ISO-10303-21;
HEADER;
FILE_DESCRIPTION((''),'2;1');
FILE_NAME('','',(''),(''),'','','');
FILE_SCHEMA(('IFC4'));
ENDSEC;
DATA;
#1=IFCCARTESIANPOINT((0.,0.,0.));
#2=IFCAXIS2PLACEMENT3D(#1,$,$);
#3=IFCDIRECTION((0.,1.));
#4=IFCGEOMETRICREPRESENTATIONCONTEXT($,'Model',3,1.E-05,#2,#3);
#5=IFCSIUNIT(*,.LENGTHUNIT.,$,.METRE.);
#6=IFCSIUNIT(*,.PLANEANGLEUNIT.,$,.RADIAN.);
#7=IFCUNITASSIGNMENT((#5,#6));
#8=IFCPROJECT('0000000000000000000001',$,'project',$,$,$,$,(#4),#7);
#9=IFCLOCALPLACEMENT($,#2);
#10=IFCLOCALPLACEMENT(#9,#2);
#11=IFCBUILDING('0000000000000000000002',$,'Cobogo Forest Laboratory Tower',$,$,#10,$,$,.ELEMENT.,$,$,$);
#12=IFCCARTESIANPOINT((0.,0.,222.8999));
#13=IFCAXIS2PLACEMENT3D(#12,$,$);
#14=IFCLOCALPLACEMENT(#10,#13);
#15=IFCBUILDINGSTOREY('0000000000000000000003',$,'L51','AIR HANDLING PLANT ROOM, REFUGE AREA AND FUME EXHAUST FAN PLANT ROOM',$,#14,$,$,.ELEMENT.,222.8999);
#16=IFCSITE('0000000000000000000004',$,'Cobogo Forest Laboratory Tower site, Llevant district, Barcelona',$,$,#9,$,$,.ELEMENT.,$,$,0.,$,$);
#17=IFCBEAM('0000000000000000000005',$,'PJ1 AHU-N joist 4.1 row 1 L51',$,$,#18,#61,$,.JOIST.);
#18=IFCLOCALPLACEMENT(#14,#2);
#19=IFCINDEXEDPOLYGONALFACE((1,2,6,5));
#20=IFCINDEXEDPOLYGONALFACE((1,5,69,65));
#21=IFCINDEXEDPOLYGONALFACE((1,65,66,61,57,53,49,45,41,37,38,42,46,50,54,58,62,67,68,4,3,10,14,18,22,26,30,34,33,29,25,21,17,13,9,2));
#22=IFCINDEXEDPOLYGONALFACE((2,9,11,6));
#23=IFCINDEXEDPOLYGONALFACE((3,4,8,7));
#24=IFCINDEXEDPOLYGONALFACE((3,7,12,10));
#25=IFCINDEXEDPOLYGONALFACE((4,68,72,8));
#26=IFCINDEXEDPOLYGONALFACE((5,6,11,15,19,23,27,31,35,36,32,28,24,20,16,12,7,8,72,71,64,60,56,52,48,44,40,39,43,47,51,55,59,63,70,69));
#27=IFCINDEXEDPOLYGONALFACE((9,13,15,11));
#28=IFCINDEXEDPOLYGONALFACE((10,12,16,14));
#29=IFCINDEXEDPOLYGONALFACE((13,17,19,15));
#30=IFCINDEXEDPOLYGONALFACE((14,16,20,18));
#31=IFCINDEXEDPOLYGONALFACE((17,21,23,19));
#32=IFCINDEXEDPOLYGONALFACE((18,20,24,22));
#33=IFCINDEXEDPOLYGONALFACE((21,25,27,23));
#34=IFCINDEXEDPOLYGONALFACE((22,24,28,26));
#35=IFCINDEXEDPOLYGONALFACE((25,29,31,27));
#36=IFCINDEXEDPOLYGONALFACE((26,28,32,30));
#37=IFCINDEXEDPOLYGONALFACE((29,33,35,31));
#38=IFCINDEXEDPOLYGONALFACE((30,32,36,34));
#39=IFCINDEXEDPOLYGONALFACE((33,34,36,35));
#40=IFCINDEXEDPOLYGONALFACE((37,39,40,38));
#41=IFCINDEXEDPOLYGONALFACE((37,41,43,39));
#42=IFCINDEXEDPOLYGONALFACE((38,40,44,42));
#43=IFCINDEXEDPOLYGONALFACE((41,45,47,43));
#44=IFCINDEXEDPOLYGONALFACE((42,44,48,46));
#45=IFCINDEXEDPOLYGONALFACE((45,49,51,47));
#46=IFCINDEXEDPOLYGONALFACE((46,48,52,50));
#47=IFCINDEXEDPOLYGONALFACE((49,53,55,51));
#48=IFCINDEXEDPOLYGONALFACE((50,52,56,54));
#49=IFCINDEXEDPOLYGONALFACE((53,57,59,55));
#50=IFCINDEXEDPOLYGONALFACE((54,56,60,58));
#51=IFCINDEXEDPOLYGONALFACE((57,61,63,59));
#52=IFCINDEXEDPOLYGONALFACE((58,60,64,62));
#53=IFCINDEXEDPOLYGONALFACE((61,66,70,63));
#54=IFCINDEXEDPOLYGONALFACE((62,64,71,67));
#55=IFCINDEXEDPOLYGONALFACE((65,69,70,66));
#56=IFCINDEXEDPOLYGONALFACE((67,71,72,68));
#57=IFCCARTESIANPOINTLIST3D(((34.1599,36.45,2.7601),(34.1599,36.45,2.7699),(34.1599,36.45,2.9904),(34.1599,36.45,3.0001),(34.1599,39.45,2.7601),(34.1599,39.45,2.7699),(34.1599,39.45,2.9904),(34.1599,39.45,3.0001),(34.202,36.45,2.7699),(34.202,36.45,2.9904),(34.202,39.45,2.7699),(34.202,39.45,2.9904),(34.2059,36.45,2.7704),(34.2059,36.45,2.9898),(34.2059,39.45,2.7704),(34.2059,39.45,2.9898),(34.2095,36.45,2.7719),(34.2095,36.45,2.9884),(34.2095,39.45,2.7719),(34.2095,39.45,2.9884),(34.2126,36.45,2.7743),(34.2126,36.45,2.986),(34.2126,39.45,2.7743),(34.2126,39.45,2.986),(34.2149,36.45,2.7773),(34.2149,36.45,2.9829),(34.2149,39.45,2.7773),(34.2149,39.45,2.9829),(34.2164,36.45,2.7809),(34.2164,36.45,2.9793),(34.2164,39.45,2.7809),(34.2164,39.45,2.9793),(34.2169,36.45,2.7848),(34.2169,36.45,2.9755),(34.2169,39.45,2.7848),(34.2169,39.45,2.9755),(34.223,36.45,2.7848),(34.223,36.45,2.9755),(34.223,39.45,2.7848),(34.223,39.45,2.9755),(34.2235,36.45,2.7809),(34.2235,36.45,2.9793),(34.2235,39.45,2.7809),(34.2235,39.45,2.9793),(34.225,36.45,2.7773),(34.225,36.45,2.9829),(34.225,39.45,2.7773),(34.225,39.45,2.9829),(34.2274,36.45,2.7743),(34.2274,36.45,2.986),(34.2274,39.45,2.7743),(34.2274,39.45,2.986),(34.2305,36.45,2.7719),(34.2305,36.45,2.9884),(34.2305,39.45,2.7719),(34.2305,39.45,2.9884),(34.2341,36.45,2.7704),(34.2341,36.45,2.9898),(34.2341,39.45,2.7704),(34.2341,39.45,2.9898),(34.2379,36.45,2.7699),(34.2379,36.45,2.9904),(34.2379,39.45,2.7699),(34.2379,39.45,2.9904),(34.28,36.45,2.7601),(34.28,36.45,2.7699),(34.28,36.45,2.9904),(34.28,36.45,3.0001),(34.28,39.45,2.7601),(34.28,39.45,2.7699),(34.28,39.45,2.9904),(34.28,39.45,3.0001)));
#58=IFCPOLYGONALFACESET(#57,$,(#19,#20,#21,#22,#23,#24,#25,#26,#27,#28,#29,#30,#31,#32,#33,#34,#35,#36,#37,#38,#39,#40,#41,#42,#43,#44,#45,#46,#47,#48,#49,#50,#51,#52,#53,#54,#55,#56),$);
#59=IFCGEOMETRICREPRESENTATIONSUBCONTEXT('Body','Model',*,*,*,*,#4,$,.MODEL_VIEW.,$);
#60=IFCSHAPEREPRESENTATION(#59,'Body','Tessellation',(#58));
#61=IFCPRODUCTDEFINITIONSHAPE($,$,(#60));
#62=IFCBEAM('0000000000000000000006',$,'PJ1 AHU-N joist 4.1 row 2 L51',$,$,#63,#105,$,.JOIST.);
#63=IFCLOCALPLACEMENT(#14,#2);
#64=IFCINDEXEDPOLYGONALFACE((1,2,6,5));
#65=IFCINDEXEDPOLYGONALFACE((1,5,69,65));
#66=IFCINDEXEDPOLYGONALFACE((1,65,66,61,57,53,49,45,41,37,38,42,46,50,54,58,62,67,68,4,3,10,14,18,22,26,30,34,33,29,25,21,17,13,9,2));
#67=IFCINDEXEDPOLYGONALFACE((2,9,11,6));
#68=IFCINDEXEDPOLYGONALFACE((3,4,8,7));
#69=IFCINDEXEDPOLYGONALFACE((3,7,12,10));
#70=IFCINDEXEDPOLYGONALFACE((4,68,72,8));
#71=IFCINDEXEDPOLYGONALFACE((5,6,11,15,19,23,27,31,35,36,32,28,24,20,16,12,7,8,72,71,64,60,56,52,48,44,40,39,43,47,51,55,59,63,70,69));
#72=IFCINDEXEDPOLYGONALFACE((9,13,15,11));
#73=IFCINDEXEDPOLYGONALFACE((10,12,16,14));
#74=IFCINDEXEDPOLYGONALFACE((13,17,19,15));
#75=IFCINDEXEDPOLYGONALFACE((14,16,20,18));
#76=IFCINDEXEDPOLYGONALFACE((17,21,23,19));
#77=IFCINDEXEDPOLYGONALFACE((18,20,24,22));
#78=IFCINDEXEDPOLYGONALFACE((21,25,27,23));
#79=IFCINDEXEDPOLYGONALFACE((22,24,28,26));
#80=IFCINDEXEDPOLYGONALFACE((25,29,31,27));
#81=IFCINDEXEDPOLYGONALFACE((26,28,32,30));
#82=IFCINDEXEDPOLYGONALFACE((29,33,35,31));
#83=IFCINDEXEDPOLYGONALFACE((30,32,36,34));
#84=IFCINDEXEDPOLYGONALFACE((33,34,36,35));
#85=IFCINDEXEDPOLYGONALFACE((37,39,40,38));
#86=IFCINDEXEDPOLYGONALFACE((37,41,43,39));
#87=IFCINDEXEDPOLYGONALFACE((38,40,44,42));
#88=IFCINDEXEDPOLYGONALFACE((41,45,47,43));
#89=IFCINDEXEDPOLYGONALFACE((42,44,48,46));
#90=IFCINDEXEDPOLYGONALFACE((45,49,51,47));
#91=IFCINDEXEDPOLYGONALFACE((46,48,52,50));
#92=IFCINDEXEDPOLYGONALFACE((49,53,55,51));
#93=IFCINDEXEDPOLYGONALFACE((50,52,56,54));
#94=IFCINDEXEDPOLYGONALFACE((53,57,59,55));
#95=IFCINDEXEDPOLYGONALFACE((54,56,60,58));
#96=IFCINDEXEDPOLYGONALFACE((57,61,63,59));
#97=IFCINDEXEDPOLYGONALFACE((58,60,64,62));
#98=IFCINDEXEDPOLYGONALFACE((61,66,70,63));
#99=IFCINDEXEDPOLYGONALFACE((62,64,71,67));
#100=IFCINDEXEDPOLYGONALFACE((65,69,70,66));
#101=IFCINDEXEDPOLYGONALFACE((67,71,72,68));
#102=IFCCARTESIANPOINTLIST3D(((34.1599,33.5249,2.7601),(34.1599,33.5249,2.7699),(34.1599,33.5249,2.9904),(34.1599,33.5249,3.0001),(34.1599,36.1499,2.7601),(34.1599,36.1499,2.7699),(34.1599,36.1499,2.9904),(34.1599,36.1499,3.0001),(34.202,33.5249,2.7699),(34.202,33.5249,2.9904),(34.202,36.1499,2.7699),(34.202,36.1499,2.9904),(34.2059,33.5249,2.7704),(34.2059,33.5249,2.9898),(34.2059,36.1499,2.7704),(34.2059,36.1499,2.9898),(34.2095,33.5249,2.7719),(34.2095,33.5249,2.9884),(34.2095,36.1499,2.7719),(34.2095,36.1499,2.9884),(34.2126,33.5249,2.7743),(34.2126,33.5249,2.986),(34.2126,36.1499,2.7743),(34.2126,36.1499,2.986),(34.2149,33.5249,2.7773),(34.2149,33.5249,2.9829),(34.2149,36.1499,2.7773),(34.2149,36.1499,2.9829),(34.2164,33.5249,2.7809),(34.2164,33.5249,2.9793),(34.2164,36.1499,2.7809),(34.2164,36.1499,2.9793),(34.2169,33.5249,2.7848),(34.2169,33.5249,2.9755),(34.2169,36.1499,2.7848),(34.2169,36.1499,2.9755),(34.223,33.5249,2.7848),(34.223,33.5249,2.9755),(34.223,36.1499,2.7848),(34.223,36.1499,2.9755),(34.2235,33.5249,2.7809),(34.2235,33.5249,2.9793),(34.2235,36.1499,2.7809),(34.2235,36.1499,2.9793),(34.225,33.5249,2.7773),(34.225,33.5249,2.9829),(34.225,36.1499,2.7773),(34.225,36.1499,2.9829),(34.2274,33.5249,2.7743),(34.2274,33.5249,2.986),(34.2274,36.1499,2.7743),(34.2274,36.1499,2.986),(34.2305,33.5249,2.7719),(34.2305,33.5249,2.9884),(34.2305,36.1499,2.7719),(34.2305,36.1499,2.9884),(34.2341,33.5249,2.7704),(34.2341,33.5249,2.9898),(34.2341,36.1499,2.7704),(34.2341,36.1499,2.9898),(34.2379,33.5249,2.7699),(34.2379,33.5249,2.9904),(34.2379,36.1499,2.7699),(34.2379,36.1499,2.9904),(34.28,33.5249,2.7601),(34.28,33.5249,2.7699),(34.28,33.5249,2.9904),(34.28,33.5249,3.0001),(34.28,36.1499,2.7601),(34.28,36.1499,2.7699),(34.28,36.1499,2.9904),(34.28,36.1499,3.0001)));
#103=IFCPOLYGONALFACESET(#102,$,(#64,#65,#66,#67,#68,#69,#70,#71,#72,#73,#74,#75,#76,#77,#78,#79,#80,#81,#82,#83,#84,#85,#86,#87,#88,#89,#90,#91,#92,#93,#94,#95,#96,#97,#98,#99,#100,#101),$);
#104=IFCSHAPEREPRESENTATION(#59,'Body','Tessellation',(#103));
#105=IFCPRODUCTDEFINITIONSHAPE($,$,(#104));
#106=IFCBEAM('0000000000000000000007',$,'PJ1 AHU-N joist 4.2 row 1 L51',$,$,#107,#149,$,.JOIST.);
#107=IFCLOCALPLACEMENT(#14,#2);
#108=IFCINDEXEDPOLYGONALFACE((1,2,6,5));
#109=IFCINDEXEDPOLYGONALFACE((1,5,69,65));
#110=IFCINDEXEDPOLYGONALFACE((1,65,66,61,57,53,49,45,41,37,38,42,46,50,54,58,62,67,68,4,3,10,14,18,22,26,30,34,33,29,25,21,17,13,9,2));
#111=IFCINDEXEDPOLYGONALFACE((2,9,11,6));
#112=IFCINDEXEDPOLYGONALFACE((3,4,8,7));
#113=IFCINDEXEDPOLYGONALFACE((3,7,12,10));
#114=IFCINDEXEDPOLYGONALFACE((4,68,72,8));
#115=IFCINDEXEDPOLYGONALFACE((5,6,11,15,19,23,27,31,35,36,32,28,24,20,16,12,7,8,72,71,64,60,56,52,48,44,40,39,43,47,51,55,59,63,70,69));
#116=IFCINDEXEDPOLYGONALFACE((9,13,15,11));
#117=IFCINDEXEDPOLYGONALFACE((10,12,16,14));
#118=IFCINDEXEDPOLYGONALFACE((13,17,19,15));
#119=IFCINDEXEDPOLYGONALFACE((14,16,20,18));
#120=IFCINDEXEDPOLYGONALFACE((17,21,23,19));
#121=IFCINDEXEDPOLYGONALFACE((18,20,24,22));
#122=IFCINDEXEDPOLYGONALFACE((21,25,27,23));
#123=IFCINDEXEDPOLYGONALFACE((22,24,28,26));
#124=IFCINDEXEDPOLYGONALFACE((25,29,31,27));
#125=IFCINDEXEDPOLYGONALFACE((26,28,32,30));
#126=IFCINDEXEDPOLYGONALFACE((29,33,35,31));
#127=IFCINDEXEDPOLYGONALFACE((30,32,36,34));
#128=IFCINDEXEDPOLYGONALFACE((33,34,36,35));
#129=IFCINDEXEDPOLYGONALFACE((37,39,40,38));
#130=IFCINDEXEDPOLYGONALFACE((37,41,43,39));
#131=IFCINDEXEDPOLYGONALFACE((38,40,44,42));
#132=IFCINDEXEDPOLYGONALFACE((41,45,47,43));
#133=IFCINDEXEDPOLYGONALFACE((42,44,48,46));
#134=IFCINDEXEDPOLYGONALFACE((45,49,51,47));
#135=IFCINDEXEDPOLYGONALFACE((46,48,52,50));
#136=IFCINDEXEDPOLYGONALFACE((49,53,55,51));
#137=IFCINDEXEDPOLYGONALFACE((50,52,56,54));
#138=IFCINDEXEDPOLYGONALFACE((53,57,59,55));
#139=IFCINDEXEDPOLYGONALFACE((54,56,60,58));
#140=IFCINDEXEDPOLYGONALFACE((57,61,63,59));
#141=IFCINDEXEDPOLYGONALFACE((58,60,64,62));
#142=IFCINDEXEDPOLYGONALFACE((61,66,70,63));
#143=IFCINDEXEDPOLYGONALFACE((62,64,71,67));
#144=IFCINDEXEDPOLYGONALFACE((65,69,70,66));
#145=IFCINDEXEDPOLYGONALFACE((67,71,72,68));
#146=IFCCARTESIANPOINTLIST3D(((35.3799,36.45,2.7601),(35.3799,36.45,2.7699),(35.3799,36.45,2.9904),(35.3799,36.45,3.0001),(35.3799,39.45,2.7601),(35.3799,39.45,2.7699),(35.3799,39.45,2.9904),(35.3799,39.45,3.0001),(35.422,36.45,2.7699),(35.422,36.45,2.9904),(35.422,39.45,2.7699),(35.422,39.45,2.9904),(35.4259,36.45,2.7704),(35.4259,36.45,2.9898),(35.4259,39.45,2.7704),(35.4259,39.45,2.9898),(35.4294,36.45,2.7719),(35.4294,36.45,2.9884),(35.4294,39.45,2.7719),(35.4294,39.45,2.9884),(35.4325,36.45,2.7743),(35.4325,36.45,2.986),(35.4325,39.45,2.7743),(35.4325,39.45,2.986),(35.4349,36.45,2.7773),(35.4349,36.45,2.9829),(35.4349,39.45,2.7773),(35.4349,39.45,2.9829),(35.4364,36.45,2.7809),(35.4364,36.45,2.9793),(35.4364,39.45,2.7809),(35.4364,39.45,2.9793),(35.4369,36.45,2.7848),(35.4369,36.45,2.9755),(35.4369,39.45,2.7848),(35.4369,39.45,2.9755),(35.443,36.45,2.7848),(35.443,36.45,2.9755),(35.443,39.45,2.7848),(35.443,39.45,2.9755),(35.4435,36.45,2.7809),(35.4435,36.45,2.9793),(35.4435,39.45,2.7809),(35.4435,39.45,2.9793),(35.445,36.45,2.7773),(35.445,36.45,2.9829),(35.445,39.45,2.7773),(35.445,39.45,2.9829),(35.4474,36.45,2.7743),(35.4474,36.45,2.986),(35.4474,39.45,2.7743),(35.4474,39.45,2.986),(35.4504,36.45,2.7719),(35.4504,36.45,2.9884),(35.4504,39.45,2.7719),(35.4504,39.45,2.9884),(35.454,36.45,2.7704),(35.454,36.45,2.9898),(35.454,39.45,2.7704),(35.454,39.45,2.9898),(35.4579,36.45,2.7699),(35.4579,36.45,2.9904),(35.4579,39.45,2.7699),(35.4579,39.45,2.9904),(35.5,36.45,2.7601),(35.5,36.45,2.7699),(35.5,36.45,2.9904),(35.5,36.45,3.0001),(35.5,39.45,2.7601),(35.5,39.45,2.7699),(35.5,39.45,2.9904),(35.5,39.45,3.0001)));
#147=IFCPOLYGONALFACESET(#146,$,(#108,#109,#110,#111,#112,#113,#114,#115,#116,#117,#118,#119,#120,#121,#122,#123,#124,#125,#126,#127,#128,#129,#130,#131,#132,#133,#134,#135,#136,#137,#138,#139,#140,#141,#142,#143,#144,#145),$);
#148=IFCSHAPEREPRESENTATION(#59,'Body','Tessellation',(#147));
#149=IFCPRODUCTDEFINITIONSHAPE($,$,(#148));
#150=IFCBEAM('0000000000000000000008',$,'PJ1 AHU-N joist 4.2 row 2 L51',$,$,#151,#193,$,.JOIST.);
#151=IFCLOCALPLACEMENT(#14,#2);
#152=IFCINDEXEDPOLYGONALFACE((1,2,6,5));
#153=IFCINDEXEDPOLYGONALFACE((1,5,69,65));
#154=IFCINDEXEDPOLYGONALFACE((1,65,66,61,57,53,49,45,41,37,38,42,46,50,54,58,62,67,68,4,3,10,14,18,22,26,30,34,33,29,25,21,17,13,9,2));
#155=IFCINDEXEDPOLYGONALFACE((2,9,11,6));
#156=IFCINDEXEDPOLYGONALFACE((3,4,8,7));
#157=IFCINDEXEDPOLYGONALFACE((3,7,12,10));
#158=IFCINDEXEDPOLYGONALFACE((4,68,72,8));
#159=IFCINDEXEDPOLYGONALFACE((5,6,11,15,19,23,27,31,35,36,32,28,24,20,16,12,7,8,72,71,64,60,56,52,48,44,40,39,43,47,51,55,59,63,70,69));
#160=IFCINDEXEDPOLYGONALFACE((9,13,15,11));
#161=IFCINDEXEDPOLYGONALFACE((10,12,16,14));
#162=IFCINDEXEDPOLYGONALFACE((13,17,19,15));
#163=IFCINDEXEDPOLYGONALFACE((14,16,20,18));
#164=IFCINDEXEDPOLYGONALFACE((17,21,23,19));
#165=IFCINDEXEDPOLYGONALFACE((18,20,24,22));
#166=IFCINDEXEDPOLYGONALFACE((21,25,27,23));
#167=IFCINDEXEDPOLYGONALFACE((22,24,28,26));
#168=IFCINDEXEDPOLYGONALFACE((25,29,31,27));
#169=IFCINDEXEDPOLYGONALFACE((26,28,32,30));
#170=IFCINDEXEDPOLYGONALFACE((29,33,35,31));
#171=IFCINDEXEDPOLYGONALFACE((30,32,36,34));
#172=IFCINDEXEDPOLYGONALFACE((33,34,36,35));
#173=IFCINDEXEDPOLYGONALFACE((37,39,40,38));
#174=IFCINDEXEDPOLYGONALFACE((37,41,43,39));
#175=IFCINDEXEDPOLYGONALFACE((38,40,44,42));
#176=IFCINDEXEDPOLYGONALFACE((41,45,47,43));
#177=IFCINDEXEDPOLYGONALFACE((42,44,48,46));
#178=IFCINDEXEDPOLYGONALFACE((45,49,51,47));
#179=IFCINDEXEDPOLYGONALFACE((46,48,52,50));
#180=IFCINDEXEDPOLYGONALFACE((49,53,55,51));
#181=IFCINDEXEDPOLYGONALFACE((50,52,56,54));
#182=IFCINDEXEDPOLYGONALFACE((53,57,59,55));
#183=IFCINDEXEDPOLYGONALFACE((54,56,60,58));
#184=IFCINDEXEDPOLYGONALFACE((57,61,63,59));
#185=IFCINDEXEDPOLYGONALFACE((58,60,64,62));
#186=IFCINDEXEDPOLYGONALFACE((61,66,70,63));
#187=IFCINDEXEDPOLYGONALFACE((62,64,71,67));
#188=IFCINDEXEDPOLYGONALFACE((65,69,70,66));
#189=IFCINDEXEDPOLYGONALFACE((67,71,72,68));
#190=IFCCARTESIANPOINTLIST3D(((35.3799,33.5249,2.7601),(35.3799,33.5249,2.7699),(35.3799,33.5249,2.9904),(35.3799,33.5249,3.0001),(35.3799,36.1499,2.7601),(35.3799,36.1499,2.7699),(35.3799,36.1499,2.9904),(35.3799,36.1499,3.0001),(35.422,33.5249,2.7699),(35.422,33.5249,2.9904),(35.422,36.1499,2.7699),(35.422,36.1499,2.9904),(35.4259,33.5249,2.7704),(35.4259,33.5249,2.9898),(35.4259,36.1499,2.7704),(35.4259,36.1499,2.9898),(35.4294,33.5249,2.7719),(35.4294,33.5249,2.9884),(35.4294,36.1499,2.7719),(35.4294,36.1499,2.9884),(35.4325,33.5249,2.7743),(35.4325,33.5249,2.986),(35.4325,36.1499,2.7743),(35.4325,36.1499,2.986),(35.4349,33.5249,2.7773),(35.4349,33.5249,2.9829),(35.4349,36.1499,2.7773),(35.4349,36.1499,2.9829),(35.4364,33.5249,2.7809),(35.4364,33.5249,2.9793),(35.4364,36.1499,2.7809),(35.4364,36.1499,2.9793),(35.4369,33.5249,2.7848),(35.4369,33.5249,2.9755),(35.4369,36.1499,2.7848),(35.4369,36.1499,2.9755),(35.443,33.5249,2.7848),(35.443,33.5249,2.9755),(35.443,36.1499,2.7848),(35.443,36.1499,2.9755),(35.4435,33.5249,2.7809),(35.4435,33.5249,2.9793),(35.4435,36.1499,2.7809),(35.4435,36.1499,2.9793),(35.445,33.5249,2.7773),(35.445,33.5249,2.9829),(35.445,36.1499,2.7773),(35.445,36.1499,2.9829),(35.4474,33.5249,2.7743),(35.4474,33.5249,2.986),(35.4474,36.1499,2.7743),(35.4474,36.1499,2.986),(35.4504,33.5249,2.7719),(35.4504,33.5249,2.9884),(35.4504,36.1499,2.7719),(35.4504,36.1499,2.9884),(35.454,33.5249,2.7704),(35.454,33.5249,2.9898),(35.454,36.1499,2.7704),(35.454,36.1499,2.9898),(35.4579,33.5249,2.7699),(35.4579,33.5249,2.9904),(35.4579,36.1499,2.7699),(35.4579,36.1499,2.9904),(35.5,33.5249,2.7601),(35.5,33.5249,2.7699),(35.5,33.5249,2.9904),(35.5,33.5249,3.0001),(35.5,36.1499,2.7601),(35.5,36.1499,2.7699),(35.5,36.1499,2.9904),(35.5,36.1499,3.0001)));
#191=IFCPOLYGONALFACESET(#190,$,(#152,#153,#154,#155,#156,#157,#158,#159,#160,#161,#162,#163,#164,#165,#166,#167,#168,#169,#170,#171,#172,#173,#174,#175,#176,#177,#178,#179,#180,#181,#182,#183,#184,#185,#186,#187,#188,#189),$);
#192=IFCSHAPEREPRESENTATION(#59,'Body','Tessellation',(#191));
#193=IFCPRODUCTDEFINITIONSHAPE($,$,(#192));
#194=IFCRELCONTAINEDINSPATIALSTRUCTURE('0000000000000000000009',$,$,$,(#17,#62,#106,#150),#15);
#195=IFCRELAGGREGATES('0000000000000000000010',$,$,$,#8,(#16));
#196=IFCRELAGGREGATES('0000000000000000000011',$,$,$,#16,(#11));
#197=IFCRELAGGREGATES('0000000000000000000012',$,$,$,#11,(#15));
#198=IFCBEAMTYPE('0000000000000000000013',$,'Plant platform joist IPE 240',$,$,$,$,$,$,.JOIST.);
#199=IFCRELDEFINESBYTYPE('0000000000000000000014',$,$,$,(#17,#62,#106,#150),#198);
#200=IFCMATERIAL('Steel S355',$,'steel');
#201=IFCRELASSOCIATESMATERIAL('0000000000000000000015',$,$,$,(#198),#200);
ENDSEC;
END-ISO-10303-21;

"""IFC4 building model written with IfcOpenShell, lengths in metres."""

from ifc_helpers import new_model, si_unit, direction, frame, origin, origin_2d, place, context, subcontext, project, spatial, i_section, extrude, material, material_profile, profile_set, type_object, element, save


model = new_model("IFC4")

# Units and contexts
model_context = context("Model", 3, precision=1e-05, world=origin(), true_north=direction((0.0, 1.0)))
body_context = subcontext(model_context, "Body", "Model", "MODEL_VIEW")
ifc_project = project(units=[si_unit("LENGTHUNIT", "METRE"), si_unit("PLANEANGLEUNIT", "RADIAN")], contexts=[model_context])

# Site, building, storey
site_placement = place(None, origin())
site = spatial("IfcSite", under=ifc_project, at=site_placement, Name="Cobogo Forest Laboratory Tower site, Llevant district, Barcelona", CompositionType="ELEMENT", RefElevation=0.0)
building_placement = place(site_placement, origin())
building = spatial("IfcBuilding", under=site, at=building_placement, Name="Cobogo Forest Laboratory Tower", CompositionType="ELEMENT")
storey_placement = place(building_placement, frame((0.0, 0.0, 222.8999)))
storey = spatial("IfcBuildingStorey", under=building, at=storey_placement, Name="L51", Description="AIR HANDLING PLANT ROOM, REFUGE AREA AND FUME EXHAUST FAN PLANT ROOM", CompositionType="ELEMENT", Elevation=222.8999)

# Shared definitions
ifc_material_1 = material(Name="Steel S355", Category="steel")

# Beams
ifc_material_profile_1 = material_profile(ifc_material_1, i_section(OverallWidth=0.1201, OverallDepth=0.24, WebThickness=0.0061, FlangeThickness=0.0098, FilletRadius=0.0149, at=origin_2d()), Name="IPE 240")
ifc_profile_set_1 = profile_set([ifc_material_profile_1], Name="Steel S355")
beam_type_1 = type_object("IfcBeamType", Name="Plant platform joist IPE 240", PredefinedType="JOIST", material=ifc_profile_set_1)
beam_1_placement = place(storey_placement, frame((34.22, 39.45, 2.8801), z_axis=(0.0, -1.0, 0.0), x_axis=(1.0, 0.0, 0.0)))
element("IfcBeam", 1, at=beam_1_placement, inside=storey, type_object=beam_type_1, Name="PJ1 AHU-N joist 4.1 row 1 L51", PredefinedType="JOIST", context=body_context, shape_type="SweptSolid", body=[
    extrude(i_section(OverallWidth=0.1201, OverallDepth=0.24, WebThickness=0.0061, FlangeThickness=0.0098, FilletRadius=0.0149, at=origin_2d()), origin(), (0.0, 0.0, 1.0), 3.0),
])
beam_2_placement = place(storey_placement, frame((34.22, 36.1499, 2.8801), z_axis=(0.0, -1.0, 0.0), x_axis=(1.0, 0.0, 0.0)))
element("IfcBeam", 2, at=beam_2_placement, inside=storey, type_object=beam_type_1, Name="PJ1 AHU-N joist 4.1 row 2 L51", PredefinedType="JOIST", context=body_context, shape_type="SweptSolid", body=[
    extrude(i_section(OverallWidth=0.1201, OverallDepth=0.24, WebThickness=0.0061, FlangeThickness=0.0098, FilletRadius=0.0149, at=origin_2d()), origin(), (0.0, 0.0, 1.0), 2.625),
])
beam_3_placement = place(storey_placement, frame((35.4399, 39.45, 2.8801), z_axis=(0.0, -1.0, 0.0), x_axis=(1.0, 0.0, 0.0)))
element("IfcBeam", 3, at=beam_3_placement, inside=storey, type_object=beam_type_1, Name="PJ1 AHU-N joist 4.2 row 1 L51", PredefinedType="JOIST", context=body_context, shape_type="SweptSolid", body=[
    extrude(i_section(OverallWidth=0.1201, OverallDepth=0.24, WebThickness=0.0061, FlangeThickness=0.0098, FilletRadius=0.0149, at=origin_2d()), origin(), (0.0, 0.0, 1.0), 3.0),
])
beam_4_placement = place(storey_placement, frame((35.4399, 36.1499, 2.8801), z_axis=(0.0, -1.0, 0.0), x_axis=(1.0, 0.0, 0.0)))
element("IfcBeam", 4, at=beam_4_placement, inside=storey, type_object=beam_type_1, Name="PJ1 AHU-N joist 4.2 row 2 L51", PredefinedType="JOIST", context=body_context, shape_type="SweptSolid", body=[
    extrude(i_section(OverallWidth=0.1201, OverallDepth=0.24, WebThickness=0.0061, FlangeThickness=0.0098, FilletRadius=0.0149, at=origin_2d()), origin(), (0.0, 0.0, 1.0), 2.625),
])

save(model, "model.ifc")
